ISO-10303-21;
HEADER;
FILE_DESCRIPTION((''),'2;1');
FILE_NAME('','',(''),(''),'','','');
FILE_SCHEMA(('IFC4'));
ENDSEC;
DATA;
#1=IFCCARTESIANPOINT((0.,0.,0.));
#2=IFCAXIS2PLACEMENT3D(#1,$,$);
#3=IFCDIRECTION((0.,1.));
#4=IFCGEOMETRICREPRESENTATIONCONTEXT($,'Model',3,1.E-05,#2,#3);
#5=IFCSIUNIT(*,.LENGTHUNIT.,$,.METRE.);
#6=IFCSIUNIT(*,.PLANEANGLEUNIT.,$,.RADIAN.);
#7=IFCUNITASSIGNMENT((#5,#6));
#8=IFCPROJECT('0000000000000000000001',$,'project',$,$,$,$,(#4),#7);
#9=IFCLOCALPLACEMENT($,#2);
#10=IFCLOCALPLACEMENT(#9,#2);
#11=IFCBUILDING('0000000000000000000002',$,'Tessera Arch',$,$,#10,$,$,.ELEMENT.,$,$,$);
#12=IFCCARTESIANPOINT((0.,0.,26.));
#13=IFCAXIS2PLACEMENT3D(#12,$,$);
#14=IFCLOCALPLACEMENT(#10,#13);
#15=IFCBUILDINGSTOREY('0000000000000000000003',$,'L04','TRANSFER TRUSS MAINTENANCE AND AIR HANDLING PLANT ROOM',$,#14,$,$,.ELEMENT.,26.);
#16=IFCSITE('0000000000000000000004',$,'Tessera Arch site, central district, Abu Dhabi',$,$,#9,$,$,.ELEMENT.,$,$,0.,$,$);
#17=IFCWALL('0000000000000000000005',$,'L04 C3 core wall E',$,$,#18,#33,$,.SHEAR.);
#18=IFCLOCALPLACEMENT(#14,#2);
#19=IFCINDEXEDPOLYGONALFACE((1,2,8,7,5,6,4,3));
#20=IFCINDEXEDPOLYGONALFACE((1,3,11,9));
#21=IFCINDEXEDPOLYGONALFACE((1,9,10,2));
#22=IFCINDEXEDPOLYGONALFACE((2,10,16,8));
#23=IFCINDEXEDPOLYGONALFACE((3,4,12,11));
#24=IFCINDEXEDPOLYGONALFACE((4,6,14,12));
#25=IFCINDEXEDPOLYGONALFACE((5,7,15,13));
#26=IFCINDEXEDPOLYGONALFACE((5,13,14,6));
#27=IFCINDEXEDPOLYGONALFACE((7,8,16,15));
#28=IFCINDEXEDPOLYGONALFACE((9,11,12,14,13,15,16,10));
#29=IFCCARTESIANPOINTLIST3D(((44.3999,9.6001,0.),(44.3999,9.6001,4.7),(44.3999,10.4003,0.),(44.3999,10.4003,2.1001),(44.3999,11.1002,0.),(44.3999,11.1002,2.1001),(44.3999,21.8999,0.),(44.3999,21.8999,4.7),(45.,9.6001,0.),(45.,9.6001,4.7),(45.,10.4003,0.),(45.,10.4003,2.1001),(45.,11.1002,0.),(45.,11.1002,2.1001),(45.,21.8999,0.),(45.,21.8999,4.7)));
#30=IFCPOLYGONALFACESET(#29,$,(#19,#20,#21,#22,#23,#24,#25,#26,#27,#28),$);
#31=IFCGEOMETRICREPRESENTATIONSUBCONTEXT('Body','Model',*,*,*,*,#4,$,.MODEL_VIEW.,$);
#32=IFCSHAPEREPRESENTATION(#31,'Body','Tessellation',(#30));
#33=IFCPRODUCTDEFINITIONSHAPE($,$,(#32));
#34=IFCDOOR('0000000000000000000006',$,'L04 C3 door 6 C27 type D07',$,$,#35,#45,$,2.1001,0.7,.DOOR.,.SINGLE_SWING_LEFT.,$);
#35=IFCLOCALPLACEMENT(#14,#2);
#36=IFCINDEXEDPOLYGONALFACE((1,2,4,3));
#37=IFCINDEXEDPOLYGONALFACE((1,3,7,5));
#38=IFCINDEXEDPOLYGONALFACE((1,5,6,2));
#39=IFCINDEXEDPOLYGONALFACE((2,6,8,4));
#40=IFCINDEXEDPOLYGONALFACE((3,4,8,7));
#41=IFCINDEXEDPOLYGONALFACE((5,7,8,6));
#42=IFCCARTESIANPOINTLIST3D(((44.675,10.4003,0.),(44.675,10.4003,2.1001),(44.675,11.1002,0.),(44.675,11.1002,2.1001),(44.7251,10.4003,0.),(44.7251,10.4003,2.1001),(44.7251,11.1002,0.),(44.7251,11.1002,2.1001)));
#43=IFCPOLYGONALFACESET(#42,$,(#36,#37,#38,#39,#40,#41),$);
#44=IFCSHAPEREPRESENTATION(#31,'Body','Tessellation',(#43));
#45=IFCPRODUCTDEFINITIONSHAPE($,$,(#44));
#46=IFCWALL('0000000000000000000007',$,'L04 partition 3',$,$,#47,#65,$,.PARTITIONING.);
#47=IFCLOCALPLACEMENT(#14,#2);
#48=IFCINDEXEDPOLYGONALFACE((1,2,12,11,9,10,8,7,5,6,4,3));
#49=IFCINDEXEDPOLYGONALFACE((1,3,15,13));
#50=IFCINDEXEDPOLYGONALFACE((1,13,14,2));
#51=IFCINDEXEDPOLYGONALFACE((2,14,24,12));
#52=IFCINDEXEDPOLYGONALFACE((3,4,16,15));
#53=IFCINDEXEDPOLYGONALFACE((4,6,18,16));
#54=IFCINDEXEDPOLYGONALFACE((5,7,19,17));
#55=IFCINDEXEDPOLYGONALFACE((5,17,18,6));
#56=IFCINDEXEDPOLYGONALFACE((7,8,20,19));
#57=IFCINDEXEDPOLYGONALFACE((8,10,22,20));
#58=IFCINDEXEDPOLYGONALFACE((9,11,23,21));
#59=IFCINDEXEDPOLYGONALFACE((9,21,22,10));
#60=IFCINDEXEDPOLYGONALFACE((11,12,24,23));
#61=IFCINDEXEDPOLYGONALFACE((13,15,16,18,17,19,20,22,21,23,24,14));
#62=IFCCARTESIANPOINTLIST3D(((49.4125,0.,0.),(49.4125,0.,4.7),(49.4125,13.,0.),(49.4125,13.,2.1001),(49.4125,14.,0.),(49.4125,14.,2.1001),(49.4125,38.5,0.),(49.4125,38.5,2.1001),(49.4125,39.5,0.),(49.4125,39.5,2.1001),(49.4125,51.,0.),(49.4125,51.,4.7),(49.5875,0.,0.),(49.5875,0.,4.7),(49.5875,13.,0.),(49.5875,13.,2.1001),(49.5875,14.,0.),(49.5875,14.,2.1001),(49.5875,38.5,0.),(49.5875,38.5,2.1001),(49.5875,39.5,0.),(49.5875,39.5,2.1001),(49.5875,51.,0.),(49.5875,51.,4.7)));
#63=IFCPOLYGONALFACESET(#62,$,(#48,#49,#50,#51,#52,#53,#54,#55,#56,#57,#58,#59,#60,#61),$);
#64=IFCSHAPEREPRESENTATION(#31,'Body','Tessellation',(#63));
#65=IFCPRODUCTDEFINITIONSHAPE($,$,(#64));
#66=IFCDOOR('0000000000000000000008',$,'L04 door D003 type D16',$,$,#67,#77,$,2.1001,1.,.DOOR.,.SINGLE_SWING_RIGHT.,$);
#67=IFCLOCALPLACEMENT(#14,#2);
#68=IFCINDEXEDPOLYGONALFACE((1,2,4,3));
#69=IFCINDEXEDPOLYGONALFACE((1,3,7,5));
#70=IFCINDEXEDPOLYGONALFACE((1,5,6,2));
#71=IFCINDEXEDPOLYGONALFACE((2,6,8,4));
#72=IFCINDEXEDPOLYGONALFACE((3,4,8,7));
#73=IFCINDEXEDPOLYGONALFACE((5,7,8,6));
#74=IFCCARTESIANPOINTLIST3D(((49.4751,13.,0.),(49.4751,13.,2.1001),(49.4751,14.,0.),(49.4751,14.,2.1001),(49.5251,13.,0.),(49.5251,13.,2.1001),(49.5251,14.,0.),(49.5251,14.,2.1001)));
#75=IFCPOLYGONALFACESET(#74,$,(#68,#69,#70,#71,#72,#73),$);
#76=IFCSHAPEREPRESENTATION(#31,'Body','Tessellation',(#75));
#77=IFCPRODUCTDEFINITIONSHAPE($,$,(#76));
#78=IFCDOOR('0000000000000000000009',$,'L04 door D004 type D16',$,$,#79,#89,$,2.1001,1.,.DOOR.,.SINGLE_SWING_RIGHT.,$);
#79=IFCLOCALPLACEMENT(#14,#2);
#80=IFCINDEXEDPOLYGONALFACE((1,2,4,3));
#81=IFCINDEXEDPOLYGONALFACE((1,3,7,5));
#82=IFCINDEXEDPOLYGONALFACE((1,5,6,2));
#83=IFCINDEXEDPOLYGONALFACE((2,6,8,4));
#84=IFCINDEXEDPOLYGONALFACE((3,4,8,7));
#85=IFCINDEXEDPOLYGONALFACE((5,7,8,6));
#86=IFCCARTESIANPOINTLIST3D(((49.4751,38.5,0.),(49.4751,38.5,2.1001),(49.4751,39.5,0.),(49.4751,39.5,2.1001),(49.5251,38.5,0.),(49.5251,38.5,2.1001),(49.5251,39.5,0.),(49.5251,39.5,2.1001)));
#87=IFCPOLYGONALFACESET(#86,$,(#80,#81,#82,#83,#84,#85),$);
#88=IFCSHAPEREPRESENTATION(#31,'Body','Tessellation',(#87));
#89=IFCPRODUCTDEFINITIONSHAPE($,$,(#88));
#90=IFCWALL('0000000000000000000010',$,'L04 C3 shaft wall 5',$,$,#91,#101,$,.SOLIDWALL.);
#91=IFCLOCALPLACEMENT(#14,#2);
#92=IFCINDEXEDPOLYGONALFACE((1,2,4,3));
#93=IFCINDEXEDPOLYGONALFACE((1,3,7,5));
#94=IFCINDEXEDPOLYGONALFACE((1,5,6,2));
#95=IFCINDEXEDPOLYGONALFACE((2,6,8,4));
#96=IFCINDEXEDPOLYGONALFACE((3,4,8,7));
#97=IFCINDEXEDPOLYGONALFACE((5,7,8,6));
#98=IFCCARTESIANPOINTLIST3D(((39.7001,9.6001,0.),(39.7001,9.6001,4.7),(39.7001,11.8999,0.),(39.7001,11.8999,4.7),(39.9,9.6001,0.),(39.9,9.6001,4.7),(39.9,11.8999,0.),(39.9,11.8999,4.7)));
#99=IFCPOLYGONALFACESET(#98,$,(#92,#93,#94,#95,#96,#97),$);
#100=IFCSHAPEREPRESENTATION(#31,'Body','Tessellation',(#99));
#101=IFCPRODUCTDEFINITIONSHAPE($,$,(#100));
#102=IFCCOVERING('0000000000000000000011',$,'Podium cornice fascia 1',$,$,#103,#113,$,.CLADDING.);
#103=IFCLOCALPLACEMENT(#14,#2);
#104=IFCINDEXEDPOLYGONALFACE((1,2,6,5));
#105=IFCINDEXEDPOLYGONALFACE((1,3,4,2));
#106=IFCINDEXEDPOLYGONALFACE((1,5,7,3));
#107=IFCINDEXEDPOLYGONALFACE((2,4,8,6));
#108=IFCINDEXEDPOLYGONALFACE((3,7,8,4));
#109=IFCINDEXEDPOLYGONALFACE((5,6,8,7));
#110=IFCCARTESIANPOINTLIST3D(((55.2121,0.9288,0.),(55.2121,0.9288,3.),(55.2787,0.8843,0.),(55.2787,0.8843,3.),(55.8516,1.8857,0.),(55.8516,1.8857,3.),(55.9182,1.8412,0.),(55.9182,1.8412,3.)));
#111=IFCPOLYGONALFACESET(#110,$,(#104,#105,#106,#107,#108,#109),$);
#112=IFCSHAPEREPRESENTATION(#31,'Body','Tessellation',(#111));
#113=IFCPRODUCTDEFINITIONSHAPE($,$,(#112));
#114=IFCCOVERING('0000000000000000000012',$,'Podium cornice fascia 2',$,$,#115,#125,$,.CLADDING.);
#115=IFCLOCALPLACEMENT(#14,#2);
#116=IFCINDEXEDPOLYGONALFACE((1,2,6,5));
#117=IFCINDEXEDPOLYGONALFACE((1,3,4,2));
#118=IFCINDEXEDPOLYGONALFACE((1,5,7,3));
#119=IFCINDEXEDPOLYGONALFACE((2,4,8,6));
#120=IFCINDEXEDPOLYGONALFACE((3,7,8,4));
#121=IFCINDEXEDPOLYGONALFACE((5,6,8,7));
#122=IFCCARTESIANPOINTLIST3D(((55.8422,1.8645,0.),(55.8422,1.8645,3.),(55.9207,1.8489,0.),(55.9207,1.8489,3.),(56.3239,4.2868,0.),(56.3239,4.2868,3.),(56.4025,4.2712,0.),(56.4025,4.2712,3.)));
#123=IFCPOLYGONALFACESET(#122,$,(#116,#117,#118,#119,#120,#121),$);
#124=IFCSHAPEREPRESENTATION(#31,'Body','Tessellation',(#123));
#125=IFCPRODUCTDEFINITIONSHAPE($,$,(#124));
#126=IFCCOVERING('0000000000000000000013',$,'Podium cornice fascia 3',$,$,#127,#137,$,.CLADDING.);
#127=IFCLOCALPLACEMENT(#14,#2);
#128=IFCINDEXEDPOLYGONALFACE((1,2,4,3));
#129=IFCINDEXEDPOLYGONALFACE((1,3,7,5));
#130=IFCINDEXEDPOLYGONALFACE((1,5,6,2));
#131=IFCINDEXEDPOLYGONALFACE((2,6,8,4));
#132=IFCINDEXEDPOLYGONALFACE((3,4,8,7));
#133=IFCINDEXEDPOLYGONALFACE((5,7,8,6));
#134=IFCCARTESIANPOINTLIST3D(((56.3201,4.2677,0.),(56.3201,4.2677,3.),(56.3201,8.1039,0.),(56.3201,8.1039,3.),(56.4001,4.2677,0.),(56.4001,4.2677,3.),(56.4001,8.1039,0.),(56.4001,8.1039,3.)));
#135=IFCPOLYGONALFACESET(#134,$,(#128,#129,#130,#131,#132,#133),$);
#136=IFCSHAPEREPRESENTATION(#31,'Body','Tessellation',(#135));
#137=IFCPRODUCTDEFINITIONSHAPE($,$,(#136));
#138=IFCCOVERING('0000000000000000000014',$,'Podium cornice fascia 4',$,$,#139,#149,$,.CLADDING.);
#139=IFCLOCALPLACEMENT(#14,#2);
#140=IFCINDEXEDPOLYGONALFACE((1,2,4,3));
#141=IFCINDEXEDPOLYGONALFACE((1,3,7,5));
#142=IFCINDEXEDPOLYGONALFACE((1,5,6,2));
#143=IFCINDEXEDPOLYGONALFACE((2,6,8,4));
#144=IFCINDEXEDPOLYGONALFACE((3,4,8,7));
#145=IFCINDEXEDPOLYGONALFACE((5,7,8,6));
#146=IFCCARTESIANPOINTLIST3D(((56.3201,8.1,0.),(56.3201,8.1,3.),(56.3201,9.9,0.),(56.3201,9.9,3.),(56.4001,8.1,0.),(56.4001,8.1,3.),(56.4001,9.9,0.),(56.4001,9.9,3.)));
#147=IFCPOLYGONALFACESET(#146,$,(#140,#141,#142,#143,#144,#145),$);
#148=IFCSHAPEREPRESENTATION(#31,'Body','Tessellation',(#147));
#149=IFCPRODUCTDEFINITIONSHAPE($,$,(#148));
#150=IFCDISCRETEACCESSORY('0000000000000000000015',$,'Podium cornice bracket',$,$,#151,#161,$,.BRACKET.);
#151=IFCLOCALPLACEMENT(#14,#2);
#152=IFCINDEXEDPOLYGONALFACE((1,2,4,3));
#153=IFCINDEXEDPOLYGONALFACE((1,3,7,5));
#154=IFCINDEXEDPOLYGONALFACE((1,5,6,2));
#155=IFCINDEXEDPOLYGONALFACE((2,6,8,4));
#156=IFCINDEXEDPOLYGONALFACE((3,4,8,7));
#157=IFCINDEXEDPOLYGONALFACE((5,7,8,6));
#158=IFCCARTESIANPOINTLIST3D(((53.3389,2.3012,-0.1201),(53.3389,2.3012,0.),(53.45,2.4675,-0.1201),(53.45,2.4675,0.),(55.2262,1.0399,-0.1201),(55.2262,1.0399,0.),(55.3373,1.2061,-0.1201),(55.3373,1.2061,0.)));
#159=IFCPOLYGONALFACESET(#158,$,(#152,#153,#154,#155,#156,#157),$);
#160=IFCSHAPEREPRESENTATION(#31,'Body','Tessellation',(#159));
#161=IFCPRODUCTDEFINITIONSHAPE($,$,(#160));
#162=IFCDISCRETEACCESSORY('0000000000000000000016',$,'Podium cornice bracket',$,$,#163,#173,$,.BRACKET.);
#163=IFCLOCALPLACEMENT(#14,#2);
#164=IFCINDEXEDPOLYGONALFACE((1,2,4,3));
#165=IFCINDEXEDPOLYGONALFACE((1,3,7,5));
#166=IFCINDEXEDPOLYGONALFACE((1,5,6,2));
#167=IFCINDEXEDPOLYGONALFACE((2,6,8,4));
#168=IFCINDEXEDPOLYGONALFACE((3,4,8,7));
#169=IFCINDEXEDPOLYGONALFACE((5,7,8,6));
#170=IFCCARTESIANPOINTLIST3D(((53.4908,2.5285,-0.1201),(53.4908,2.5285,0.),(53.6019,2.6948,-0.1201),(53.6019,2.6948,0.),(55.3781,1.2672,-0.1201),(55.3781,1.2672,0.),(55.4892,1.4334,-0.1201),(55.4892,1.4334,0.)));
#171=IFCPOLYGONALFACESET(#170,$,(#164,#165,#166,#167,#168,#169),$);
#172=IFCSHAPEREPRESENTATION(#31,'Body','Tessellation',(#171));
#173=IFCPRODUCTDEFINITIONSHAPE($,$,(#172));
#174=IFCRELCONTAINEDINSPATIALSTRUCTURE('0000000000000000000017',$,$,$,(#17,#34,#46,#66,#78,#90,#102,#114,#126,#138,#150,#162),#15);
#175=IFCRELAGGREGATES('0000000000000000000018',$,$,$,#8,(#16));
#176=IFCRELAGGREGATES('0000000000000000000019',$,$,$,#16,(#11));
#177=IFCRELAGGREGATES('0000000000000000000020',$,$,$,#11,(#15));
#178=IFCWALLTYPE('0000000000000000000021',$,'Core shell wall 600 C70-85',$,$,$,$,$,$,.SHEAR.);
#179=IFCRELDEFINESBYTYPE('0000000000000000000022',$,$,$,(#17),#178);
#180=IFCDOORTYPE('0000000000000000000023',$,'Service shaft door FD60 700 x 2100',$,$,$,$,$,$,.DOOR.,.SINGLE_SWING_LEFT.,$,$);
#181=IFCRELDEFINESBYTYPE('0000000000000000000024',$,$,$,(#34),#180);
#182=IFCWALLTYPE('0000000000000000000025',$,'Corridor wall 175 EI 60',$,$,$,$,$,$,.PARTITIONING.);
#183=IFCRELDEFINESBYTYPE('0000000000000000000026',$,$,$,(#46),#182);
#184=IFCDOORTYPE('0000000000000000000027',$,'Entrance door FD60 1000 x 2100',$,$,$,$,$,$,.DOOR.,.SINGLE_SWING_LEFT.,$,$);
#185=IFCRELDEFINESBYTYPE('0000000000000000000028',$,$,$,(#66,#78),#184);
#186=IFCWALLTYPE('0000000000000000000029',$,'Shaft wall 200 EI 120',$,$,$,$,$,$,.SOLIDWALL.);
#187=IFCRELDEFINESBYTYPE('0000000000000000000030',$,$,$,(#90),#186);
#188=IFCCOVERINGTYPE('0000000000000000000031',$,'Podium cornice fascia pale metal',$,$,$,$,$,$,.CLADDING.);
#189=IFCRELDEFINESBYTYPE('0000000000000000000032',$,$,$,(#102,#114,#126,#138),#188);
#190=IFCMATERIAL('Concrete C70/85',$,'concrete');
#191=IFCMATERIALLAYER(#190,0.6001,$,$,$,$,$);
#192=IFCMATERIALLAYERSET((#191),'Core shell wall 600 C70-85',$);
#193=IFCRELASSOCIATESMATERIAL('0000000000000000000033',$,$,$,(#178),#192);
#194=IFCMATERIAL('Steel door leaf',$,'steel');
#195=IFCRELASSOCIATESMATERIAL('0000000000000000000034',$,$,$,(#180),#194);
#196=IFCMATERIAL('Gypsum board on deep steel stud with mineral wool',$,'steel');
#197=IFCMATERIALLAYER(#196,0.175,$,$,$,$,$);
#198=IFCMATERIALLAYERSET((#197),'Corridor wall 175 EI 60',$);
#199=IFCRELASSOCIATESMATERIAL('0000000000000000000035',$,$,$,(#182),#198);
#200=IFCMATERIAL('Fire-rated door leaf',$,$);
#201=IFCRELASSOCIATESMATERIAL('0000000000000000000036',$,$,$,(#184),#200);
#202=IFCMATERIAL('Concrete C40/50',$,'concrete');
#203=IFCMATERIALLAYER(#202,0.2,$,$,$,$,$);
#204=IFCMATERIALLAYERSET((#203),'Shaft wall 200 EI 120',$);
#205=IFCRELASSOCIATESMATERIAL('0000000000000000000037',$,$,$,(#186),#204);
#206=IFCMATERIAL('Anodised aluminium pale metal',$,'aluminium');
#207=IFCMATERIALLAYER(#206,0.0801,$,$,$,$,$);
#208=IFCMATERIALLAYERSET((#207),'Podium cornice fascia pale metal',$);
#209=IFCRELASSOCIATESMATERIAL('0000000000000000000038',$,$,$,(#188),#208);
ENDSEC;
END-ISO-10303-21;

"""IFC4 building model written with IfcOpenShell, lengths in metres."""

from ifc_helpers import new_model, si_unit, direction, frame, frame_2d, origin, origin_2d, place, context, subcontext, project, spatial, rectangle, extrude, material, layer, layer_set, type_object, element, fill, save


model = new_model("IFC4")

# Units and contexts
model_context = context("Model", 3, precision=1e-05, world=origin(), true_north=direction((0.0, 1.0)))
body_context = subcontext(model_context, "Body", "Model", "MODEL_VIEW")
ifc_project = project(units=[si_unit("LENGTHUNIT", "METRE"), si_unit("PLANEANGLEUNIT", "RADIAN")], contexts=[model_context])

# Site, building, storey
site_placement = place(None, origin())
site = spatial("IfcSite", under=ifc_project, at=site_placement, Name="Tessera Arch site, central district, Abu Dhabi", CompositionType="ELEMENT", RefElevation=0.0)
building_placement = place(site_placement, origin())
building = spatial("IfcBuilding", under=site, at=building_placement, Name="Tessera Arch", CompositionType="ELEMENT")
storey_placement = place(building_placement, frame((0.0, 0.0, 26.0)))
storey = spatial("IfcBuildingStorey", under=building, at=storey_placement, Name="L04", Description="TRANSFER TRUSS MAINTENANCE AND AIR HANDLING PLANT ROOM", CompositionType="ELEMENT", Elevation=26.0)

# Wall, opening, door
ifc_material_1 = material(Name="Concrete C70/85", Category="concrete")
ifc_layer_1 = layer(ifc_material_1, 0.6001)
ifc_layer_set_1 = layer_set([ifc_layer_1], Name="Core shell wall 600 C70-85")
wall_type_1 = type_object("IfcWallType", Name="Core shell wall 600 C70-85", PredefinedType="SHEAR", material=ifc_layer_set_1)
wall_1_placement = place(storey_placement, frame((44.7, 9.6001, 0.0), z_axis=(0.0, 0.0, 1.0), x_axis=(0.0, 1.0, 0.0)))
wall_1 = element("IfcWall", 1, at=wall_1_placement, inside=storey, type_object=wall_type_1, Name="L04 C3 core wall E", PredefinedType="SHEAR", context=body_context, shape_type="SweptSolid", body=[
    extrude(rectangle(XDim=12.2998, YDim=0.6001, at=frame_2d((6.1499, 0.0))), origin(), (0.0, 0.0, 1.0), 4.7),
])
opening_1_placement = place(wall_1_placement, frame((0.8, 0.0, 0.0)))
opening_1 = element("IfcOpeningElement", 2, at=opening_1_placement, cuts=wall_1, PredefinedType="OPENING", context=body_context, shape_type="SweptSolid", body=[
    extrude(rectangle(XDim=0.7, YDim=2.1001, at=frame_2d((0.3501, 1.05))), frame((0.0, 0.3101, 0.0), z_axis=(0.0, -1.0, 0.0), x_axis=(1.0, 0.0, 0.0)), (0.0, 0.0, 1.0), 0.6201),
])
ifc_material_2 = material(Name="Steel door leaf", Category="steel")
door_type_1 = type_object("IfcDoorType", Name="Service shaft door FD60 700 x 2100", OperationType="SINGLE_SWING_LEFT", PredefinedType="DOOR", material=ifc_material_2)
door_1_placement = place(opening_1_placement, origin())
door_1 = element("IfcDoor", 3, at=door_1_placement, inside=storey, type_object=door_type_1, Name="L04 C3 door 6 C27 type D07", OperationType="SINGLE_SWING_LEFT", OverallHeight=2.1001, OverallWidth=0.7, PredefinedType="DOOR", context=body_context, shape_type="SweptSolid", body=[
    extrude(rectangle(XDim=0.7, YDim=2.1001, at=frame_2d((0.3501, 1.05))), frame((0.0, 0.0249, 0.0), z_axis=(0.0, -1.0, 0.0), x_axis=(1.0, 0.0, 0.0)), (0.0, 0.0, 1.0), 0.05),
])
fill(opening_1, door_1)

# Wall, openings, doors
ifc_material_3 = material(Name="Gypsum board on deep steel stud with mineral wool", Category="steel")
ifc_layer_2 = layer(ifc_material_3, 0.175)
ifc_layer_set_2 = layer_set([ifc_layer_2], Name="Corridor wall 175 EI 60")
wall_type_2 = type_object("IfcWallType", Name="Corridor wall 175 EI 60", PredefinedType="PARTITIONING", material=ifc_layer_set_2)
wall_2_placement = place(storey_placement, frame((49.5, 0.0, 0.0), z_axis=(0.0, 0.0, 1.0), x_axis=(0.0, 1.0, 0.0)))
wall_2 = element("IfcWall", 4, at=wall_2_placement, inside=storey, type_object=wall_type_2, Name="L04 partition 3", PredefinedType="PARTITIONING", context=body_context, shape_type="SweptSolid", body=[
    extrude(rectangle(XDim=51.0, YDim=0.175, at=frame_2d((25.5, 0.0))), origin(), (0.0, 0.0, 1.0), 4.7),
])
opening_2_placement = place(wall_2_placement, frame((13.0, 0.0, 0.0)))
opening_2 = element("IfcOpeningElement", 5, at=opening_2_placement, cuts=wall_2, PredefinedType="OPENING", context=body_context, shape_type="SweptSolid", body=[
    extrude(rectangle(XDim=1.0, YDim=2.1001, at=frame_2d((0.5, 1.05))), frame((0.0, 0.0974, 0.0), z_axis=(0.0, -1.0, 0.0), x_axis=(1.0, 0.0, 0.0)), (0.0, 0.0, 1.0), 0.1951),
])
opening_3_placement = place(wall_2_placement, frame((38.5, 0.0, 0.0)))
opening_3 = element("IfcOpeningElement", 6, at=opening_3_placement, cuts=wall_2, PredefinedType="OPENING", context=body_context, shape_type="SweptSolid", body=[
    extrude(rectangle(XDim=1.0, YDim=2.1001, at=frame_2d((0.5, 1.05))), frame((0.0, 0.0974, 0.0), z_axis=(0.0, -1.0, 0.0), x_axis=(1.0, 0.0, 0.0)), (0.0, 0.0, 1.0), 0.1951),
])
ifc_material_4 = material(Name="Fire-rated door leaf")
door_type_2 = type_object("IfcDoorType", Name="Entrance door FD60 1000 x 2100", OperationType="SINGLE_SWING_LEFT", PredefinedType="DOOR", material=ifc_material_4)
door_2_placement = place(opening_2_placement, origin())
door_2 = element("IfcDoor", 7, at=door_2_placement, inside=storey, type_object=door_type_2, Name="L04 door D003 type D16", OperationType="SINGLE_SWING_RIGHT", OverallHeight=2.1001, OverallWidth=1.0, PredefinedType="DOOR", context=body_context, shape_type="SweptSolid", body=[
    extrude(rectangle(XDim=1.0, YDim=2.1001, at=frame_2d((0.5, 1.05))), frame((0.0, 0.0249, 0.0), z_axis=(0.0, -1.0, 0.0), x_axis=(1.0, 0.0, 0.0)), (0.0, 0.0, 1.0), 0.05),
])
fill(opening_2, door_2)
door_3_placement = place(opening_3_placement, origin())
door_3 = element("IfcDoor", 8, at=door_3_placement, inside=storey, type_object=door_type_2, Name="L04 door D004 type D16", OperationType="SINGLE_SWING_RIGHT", OverallHeight=2.1001, OverallWidth=1.0, PredefinedType="DOOR", context=body_context, shape_type="SweptSolid", body=[
    extrude(rectangle(XDim=1.0, YDim=2.1001, at=frame_2d((0.5, 1.05))), frame((0.0, 0.0249, 0.0), z_axis=(0.0, -1.0, 0.0), x_axis=(1.0, 0.0, 0.0)), (0.0, 0.0, 1.0), 0.05),
])
fill(opening_3, door_3)

# Wall
ifc_material_5 = material(Name="Concrete C40/50", Category="concrete")
ifc_layer_3 = layer(ifc_material_5, 0.2)
ifc_layer_set_3 = layer_set([ifc_layer_3], Name="Shaft wall 200 EI 120")
wall_type_3 = type_object("IfcWallType", Name="Shaft wall 200 EI 120", PredefinedType="SOLIDWALL", material=ifc_layer_set_3)
wall_3_placement = place(storey_placement, frame((39.8, 9.6001, 0.0), z_axis=(0.0, 0.0, 1.0), x_axis=(0.0, 1.0, 0.0)))
element("IfcWall", 9, at=wall_3_placement, inside=storey, type_object=wall_type_3, Name="L04 C3 shaft wall 5", PredefinedType="SOLIDWALL", context=body_context, shape_type="SweptSolid", body=[
    extrude(rectangle(XDim=2.2998, YDim=0.2, at=frame_2d((1.1499, 0.0))), origin(), (0.0, 0.0, 1.0), 4.7),
])

# Coverings
ifc_material_6 = material(Name="Anodised aluminium pale metal", Category="aluminium")
ifc_layer_4 = layer(ifc_material_6, 0.0801)
ifc_layer_set_4 = layer_set([ifc_layer_4], Name="Podium cornice fascia pale metal")
covering_type = type_object("IfcCoveringType", Name="Podium cornice fascia pale metal", PredefinedType="CLADDING", material=ifc_layer_set_4)
covering_1_placement = place(storey_placement, frame((55.5652, 1.385, 0.0), z_axis=(0.0, 0.0, 1.0), x_axis=(0.555659, 0.83141, 0.0)))
element("IfcCovering", 10, at=covering_1_placement, inside=storey, type_object=covering_type, Name="Podium cornice fascia 1", PredefinedType="CLADDING", context=body_context, shape_type="SweptSolid", body=[
    extrude(rectangle(XDim=1.1509, YDim=0.0801, at=origin_2d()), origin(), (0.0, 0.0, 1.0), 3.0),
])
covering_2_placement = place(storey_placement, frame((56.1223, 3.0679, 0.0), z_axis=(0.0, 0.0, 1.0), x_axis=(0.195065, 0.98079, 0.0)))
element("IfcCovering", 11, at=covering_2_placement, inside=storey, type_object=covering_type, Name="Podium cornice fascia 2", PredefinedType="CLADDING", context=body_context, shape_type="SweptSolid", body=[
    extrude(rectangle(XDim=2.4697, YDim=0.0801, at=origin_2d()), origin(), (0.0, 0.0, 1.0), 3.0),
])
covering_3_placement = place(storey_placement, frame((56.3601, 6.1858, 0.0), z_axis=(0.0, 0.0, 1.0), x_axis=(0.0, 1.0, 0.0)))
element("IfcCovering", 12, at=covering_3_placement, inside=storey, type_object=covering_type, Name="Podium cornice fascia 3", PredefinedType="CLADDING", context=body_context, shape_type="SweptSolid", body=[
    extrude(rectangle(XDim=3.8362, YDim=0.0801, at=origin_2d()), origin(), (0.0, 0.0, 1.0), 3.0),
])
covering_4_placement = place(storey_placement, frame((56.3601, 9.0, 0.0), z_axis=(0.0, 0.0, 1.0), x_axis=(0.0, 1.0, 0.0)))
element("IfcCovering", 13, at=covering_4_placement, inside=storey, type_object=covering_type, Name="Podium cornice fascia 4", PredefinedType="CLADDING", context=body_context, shape_type="SweptSolid", body=[
    extrude(rectangle(XDim=1.8, YDim=0.0801, at=origin_2d()), origin(), (0.0, 0.0, 1.0), 3.0),
])

# Discrete accessories
for number, where, z_axis, x_axis, name in (
    (14, (54.3381, 1.7537, -0.1201), (0.0, 0.0, 1.0), (0.83141, -0.555659, 0.0), "Podium cornice bracket"),
    (15, (54.49, 1.981, -0.1201), (0.0, 0.0, 1.0), (0.83141, -0.555659, 0.0), "Podium cornice bracket"),
):
    element("IfcDiscreteAccessory", number, at=place(storey_placement, frame(where, z_axis=z_axis, x_axis=x_axis)), inside=storey, Name=name, PredefinedType="BRACKET", context=body_context, shape_type="SweptSolid", body=[
        extrude(rectangle(XDim=2.27, YDim=0.2, at=origin_2d()), origin(), (0.0, 0.0, 1.0), 0.1201),
    ])

save(model, "model.ifc")
